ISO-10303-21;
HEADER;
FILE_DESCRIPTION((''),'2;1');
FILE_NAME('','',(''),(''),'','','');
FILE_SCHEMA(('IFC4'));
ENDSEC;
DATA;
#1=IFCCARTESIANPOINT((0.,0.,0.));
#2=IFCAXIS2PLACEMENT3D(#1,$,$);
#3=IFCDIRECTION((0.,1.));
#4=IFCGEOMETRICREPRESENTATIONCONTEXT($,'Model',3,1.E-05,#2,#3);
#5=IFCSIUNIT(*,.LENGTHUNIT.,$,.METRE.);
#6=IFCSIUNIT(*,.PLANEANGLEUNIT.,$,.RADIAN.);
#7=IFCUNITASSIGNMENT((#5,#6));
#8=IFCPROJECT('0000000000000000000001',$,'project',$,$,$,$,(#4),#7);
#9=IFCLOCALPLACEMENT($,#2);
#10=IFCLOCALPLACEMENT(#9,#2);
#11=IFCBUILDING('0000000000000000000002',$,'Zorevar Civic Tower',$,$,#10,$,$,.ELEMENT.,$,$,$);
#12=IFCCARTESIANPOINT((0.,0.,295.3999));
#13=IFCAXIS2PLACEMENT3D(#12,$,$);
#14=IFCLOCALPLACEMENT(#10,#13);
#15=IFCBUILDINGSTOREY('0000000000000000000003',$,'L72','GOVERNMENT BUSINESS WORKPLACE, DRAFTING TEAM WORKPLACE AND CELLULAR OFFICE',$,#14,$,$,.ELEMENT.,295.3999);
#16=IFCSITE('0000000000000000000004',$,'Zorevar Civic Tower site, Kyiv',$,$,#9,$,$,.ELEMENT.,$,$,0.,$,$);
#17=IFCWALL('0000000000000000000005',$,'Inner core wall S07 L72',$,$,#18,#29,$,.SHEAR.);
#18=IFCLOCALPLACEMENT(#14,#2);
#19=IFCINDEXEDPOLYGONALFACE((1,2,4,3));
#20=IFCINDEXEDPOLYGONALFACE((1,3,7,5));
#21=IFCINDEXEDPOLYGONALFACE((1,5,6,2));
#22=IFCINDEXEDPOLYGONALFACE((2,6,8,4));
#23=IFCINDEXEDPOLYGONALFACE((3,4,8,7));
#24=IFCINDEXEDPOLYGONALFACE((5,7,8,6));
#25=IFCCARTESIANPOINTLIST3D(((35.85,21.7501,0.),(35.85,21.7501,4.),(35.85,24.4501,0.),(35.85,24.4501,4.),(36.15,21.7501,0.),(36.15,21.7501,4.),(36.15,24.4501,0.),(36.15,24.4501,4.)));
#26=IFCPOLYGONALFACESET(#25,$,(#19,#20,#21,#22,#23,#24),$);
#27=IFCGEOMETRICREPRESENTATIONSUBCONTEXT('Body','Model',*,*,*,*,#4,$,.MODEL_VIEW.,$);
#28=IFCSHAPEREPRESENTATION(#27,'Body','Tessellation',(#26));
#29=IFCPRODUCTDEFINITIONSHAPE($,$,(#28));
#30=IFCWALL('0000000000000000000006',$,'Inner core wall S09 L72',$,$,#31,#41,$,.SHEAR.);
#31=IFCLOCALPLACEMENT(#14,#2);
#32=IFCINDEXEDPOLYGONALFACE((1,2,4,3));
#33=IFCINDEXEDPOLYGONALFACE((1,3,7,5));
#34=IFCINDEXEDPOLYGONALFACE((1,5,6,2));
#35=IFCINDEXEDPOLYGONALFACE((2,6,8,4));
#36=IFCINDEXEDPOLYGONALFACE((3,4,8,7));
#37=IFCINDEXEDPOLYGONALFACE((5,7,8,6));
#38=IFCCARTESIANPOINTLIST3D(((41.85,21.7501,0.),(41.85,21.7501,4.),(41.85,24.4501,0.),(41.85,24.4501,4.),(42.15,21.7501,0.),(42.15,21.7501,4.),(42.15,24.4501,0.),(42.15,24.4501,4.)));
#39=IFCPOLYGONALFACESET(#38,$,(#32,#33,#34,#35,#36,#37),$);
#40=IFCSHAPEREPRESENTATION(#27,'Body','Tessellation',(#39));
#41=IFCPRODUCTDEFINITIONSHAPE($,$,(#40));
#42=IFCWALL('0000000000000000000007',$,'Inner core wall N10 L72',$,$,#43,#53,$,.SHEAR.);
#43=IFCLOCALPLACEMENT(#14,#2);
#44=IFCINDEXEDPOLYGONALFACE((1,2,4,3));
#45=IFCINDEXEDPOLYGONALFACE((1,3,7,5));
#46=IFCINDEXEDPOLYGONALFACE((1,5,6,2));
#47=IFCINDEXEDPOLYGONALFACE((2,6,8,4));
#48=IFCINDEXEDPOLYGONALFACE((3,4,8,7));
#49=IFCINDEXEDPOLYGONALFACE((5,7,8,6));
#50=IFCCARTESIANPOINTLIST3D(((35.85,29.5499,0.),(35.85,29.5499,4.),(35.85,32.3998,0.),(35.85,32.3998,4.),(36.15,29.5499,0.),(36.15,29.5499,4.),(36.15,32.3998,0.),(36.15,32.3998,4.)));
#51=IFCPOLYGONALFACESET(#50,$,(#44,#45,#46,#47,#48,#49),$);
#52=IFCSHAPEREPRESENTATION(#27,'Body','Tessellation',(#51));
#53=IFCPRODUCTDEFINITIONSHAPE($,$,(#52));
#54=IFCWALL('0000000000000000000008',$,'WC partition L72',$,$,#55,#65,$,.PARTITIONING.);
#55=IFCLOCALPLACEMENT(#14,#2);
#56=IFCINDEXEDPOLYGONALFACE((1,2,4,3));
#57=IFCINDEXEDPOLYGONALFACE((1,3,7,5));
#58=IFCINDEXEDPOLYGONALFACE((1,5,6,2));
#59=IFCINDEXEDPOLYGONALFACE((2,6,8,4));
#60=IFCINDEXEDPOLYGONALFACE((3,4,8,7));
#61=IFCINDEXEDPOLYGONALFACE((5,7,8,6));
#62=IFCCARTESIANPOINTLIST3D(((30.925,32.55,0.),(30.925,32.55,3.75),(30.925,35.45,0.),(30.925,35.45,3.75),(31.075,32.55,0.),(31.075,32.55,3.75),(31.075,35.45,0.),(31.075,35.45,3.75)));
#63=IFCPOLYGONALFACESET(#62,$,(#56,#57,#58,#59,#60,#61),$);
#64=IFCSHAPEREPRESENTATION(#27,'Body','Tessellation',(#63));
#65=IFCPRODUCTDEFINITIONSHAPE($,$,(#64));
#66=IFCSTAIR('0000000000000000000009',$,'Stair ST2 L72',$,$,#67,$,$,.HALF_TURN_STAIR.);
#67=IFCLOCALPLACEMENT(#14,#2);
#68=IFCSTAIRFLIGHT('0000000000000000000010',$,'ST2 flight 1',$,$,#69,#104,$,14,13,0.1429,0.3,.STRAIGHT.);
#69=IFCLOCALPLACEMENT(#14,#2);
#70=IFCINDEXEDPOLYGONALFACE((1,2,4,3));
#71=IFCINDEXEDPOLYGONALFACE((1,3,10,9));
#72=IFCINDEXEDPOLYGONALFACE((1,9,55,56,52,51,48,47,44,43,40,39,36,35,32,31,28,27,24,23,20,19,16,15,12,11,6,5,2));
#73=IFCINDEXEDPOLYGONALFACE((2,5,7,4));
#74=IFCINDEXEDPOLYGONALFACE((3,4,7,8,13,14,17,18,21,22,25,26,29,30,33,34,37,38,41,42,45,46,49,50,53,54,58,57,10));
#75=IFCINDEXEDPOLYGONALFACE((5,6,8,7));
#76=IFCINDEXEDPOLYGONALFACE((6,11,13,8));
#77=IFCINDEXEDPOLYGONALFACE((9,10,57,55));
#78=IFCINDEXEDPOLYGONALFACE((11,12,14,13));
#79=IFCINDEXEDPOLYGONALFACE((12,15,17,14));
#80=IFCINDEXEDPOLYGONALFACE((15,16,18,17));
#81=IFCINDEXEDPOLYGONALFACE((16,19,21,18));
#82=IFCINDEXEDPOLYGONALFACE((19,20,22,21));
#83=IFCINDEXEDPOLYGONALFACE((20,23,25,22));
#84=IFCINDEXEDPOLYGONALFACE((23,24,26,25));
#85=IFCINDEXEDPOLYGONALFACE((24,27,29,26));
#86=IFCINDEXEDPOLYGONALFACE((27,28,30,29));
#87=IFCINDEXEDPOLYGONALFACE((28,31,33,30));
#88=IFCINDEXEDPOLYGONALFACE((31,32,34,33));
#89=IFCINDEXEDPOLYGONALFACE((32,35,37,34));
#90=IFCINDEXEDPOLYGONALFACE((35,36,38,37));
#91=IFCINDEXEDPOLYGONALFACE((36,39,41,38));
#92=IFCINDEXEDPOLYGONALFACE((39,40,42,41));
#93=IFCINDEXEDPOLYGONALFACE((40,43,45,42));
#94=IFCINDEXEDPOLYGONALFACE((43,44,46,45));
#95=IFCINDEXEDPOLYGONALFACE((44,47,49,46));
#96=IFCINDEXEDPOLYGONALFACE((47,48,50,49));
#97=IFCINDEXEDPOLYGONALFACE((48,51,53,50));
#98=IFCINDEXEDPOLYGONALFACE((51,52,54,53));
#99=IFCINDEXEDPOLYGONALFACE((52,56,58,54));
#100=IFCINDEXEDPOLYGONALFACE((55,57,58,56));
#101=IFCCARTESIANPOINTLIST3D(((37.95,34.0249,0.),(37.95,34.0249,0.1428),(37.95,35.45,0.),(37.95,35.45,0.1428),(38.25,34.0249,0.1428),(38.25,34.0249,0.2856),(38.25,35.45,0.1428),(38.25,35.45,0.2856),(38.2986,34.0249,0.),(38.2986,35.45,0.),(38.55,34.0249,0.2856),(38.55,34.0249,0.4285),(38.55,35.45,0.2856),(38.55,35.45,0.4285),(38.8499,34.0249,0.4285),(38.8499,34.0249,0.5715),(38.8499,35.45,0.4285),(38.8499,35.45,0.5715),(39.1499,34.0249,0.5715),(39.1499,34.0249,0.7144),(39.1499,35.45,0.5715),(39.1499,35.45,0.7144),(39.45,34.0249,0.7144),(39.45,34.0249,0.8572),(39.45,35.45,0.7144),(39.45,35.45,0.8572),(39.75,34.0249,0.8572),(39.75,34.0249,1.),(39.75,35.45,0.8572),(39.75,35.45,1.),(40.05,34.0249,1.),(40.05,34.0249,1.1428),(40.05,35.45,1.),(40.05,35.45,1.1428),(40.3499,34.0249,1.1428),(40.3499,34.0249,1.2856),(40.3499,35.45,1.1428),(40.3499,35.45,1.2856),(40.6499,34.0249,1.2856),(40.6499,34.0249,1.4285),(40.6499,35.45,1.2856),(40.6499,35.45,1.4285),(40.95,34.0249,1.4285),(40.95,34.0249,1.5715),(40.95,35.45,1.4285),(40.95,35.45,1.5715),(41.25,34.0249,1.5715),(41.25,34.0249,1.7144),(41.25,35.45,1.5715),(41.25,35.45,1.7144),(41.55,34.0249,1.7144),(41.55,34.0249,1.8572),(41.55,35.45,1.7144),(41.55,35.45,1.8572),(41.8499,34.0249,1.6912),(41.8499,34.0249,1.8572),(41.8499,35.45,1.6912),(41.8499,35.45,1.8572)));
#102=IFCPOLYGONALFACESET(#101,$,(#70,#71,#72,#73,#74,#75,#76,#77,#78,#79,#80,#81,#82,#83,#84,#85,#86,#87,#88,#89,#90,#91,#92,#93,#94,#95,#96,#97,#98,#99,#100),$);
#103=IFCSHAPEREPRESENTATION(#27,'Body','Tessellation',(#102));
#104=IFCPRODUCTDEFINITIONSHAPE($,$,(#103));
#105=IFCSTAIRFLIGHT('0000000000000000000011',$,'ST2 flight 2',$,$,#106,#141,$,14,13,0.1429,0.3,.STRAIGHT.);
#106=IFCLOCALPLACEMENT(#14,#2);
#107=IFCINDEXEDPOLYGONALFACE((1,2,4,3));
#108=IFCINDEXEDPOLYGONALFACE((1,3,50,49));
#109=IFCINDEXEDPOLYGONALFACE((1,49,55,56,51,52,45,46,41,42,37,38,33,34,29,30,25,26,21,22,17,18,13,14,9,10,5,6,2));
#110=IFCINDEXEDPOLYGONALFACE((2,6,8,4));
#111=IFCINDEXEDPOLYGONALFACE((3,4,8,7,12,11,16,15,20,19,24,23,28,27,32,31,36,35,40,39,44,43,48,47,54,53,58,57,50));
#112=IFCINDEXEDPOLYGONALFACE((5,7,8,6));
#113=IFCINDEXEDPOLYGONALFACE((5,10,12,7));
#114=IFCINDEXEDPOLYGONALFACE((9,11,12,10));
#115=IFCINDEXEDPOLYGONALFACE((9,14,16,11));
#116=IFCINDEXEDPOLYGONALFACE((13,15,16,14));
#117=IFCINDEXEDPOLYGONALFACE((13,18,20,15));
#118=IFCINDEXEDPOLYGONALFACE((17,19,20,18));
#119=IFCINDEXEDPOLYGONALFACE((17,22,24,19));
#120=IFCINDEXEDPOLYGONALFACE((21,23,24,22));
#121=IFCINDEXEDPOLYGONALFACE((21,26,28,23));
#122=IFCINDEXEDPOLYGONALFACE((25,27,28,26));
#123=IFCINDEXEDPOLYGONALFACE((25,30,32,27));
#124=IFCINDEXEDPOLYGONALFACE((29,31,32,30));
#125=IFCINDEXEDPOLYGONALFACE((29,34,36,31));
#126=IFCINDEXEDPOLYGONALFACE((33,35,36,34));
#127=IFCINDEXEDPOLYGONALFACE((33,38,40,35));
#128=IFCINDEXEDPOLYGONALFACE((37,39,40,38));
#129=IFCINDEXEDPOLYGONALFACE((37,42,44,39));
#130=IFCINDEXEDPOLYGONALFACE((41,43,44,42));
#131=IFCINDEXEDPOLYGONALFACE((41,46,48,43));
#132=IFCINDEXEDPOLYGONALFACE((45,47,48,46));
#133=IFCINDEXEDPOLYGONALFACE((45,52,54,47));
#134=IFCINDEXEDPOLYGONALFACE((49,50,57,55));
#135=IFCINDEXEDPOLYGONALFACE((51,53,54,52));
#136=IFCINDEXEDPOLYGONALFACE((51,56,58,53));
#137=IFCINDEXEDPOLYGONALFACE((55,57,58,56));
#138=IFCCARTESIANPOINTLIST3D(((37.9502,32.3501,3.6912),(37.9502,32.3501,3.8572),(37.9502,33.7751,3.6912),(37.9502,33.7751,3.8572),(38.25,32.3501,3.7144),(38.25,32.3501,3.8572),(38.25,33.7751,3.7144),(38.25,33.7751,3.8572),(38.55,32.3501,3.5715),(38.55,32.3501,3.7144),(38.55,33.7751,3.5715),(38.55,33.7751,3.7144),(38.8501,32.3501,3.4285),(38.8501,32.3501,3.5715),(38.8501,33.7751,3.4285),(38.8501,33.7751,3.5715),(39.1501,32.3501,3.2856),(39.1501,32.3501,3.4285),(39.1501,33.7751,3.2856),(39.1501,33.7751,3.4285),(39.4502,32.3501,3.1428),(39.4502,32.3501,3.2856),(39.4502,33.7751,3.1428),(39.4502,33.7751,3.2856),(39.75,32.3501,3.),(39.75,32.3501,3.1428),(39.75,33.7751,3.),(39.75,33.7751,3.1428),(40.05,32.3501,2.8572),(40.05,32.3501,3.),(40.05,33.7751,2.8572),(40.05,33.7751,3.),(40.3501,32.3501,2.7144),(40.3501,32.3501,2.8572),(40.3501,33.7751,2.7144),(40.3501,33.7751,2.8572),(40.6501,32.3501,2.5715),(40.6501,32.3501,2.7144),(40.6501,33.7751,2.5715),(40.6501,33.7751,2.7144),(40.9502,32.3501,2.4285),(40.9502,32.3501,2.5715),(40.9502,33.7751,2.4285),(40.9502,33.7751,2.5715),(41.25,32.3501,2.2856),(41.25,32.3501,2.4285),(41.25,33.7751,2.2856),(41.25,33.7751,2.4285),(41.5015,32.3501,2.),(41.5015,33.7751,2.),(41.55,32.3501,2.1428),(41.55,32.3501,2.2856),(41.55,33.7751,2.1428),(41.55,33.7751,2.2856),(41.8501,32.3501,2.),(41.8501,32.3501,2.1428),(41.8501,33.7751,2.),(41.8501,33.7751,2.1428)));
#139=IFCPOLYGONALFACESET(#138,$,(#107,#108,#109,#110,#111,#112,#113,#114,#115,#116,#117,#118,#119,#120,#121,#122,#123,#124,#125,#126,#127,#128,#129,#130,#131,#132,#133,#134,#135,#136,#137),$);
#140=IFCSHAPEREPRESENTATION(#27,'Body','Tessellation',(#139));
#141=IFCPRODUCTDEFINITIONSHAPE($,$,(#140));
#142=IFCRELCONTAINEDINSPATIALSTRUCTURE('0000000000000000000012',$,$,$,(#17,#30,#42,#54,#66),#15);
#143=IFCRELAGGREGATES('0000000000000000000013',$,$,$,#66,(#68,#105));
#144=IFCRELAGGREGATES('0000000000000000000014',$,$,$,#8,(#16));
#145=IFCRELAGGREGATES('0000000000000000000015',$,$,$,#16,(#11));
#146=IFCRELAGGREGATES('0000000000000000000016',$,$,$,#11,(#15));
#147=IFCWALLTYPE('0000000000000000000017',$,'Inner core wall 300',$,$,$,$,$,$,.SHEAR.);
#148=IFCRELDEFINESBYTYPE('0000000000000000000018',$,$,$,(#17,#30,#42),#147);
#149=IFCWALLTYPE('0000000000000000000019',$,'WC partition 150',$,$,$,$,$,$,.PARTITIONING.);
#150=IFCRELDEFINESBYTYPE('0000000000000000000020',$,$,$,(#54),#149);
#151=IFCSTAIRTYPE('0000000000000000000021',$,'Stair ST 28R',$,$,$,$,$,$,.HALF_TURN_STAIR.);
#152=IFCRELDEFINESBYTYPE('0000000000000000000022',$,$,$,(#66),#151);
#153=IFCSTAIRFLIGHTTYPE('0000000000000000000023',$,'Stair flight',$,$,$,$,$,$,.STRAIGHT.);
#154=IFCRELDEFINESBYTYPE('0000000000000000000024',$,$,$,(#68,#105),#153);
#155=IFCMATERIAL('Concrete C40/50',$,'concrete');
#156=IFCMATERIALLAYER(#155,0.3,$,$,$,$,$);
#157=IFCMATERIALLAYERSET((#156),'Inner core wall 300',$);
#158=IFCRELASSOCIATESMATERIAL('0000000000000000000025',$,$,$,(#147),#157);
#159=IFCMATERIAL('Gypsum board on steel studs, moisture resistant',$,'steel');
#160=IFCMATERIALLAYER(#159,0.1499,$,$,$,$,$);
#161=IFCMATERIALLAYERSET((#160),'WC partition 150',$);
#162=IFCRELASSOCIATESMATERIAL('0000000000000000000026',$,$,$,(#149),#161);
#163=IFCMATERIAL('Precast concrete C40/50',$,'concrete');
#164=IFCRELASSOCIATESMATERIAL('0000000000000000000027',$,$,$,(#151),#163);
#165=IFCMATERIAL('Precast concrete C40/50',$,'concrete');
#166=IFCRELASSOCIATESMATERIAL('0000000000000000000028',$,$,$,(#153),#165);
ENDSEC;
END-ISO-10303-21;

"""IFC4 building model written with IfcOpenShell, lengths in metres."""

from ifc_helpers import new_model, si_unit, direction, frame, frame_2d, origin, place, context, subcontext, project, spatial, polyline, rectangle, outline, extrude, material, layer, layer_set, type_object, element, aggregate, save


model = new_model("IFC4")

# Units and contexts
model_context = context("Model", 3, precision=1e-05, world=origin(), true_north=direction((0.0, 1.0)))
body_context = subcontext(model_context, "Body", "Model", "MODEL_VIEW")
ifc_project = project(units=[si_unit("LENGTHUNIT", "METRE"), si_unit("PLANEANGLEUNIT", "RADIAN")], contexts=[model_context])

# Site, building, storey
site_placement = place(None, origin())
site = spatial("IfcSite", under=ifc_project, at=site_placement, Name="Zorevar Civic Tower site, Kyiv", CompositionType="ELEMENT", RefElevation=0.0)
building_placement = place(site_placement, origin())
building = spatial("IfcBuilding", under=site, at=building_placement, Name="Zorevar Civic Tower", CompositionType="ELEMENT")
storey_placement = place(building_placement, frame((0.0, 0.0, 295.3999)))
storey = spatial("IfcBuildingStorey", under=building, at=storey_placement, Name="L72", Description="GOVERNMENT BUSINESS WORKPLACE, DRAFTING TEAM WORKPLACE AND CELLULAR OFFICE", CompositionType="ELEMENT", Elevation=295.3999)

# Shared definitions
ifc_material_1 = material(Name="Concrete C40/50", Category="concrete")
ifc_layer_1 = layer(ifc_material_1, 0.3)
ifc_layer_set_1 = layer_set([ifc_layer_1], Name="Inner core wall 300")
wall_type_1 = type_object("IfcWallType", Name="Inner core wall 300", PredefinedType="SHEAR", material=ifc_layer_set_1)

# Walls
for number, where, z_axis, x_axis, name in (
    (1, (36.0, 21.75, 0.0), (0.0, 0.0, 1.0), (0.0, 1.0, 0.0), "Inner core wall S07 L72"),
    (2, (42.0, 21.75, 0.0), (0.0, 0.0, 1.0), (0.0, 1.0, 0.0), "Inner core wall S09 L72"),
):
    element("IfcWall", number, at=place(storey_placement, frame(where, z_axis=z_axis, x_axis=x_axis)), inside=storey, type_object=wall_type_1, Name=name, PredefinedType="SHEAR", context=body_context, shape_type="SweptSolid", body=[
        extrude(rectangle(XDim=2.7, YDim=0.3, at=frame_2d((1.3501, 0.0))), origin(), (0.0, 0.0, 1.0), 4.0),
    ])
wall_1_placement = place(storey_placement, frame((36.0, 29.55, 0.0), z_axis=(0.0, 0.0, 1.0), x_axis=(0.0, 1.0, 0.0)))
element("IfcWall", 3, at=wall_1_placement, inside=storey, type_object=wall_type_1, Name="Inner core wall N10 L72", PredefinedType="SHEAR", context=body_context, shape_type="SweptSolid", body=[
    extrude(rectangle(XDim=2.8499, YDim=0.3, at=frame_2d((1.4248, 0.0))), origin(), (0.0, 0.0, 1.0), 4.0),
])
ifc_material_2 = material(Name="Gypsum board on steel studs, moisture resistant", Category="steel")
ifc_layer_2 = layer(ifc_material_2, 0.1499)
ifc_layer_set_2 = layer_set([ifc_layer_2], Name="WC partition 150")
wall_type_2 = type_object("IfcWallType", Name="WC partition 150", PredefinedType="PARTITIONING", material=ifc_layer_set_2)
wall_2_placement = place(storey_placement, frame((31.0, 32.55, 0.0), z_axis=(0.0, 0.0, 1.0), x_axis=(0.0, 1.0, 0.0)))
element("IfcWall", 4, at=wall_2_placement, inside=storey, type_object=wall_type_2, Name="WC partition L72", PredefinedType="PARTITIONING", context=body_context, shape_type="SweptSolid", body=[
    extrude(rectangle(XDim=2.8999, YDim=0.1499, at=frame_2d((1.45, 0.0))), origin(), (0.0, 0.0, 1.0), 3.75),
])

# Stair, stair flights
ifc_material_3 = material(Name="Precast concrete C40/50", Category="concrete")
stair_type = type_object("IfcStairType", Name="Stair ST 28R", PredefinedType="HALF_TURN_STAIR", material=ifc_material_3)
stair_placement = place(storey_placement, origin())
stair = element("IfcStair", 5, at=stair_placement, inside=storey, type_object=stair_type, Name="Stair ST2 L72", PredefinedType="HALF_TURN_STAIR")
ifc_material_4 = material(Name="Precast concrete C40/50", Category="concrete")
stair_flight_type = type_object("IfcStairFlightType", Name="Stair flight", PredefinedType="STRAIGHT", material=ifc_material_4)
stair_flight_1_placement = place(storey_placement, frame((37.95, 34.7375, 0.0), z_axis=(0.0, 0.0, 1.0), x_axis=(1.0, 0.0, 0.0)))
stair_flight_1 = element("IfcStairFlight", 6, at=stair_flight_1_placement, type_object=stair_flight_type, Name="ST2 flight 1", NumberOfRisers=14, NumberOfTreads=13, PredefinedType="STRAIGHT", RiserHeight=0.1429, TreadLength=0.3, context=body_context, shape_type="SweptSolid", body=[
    extrude(outline(polyline([(0.0, 0.0), (0.0, 0.1428), (0.3, 0.1428), (0.3, 0.2856), (0.6001, 0.2856), (0.6001, 0.4285), (0.8999, 0.4285), (0.8999, 0.5715), (1.2, 0.5715), (1.2, 0.7144), (1.5, 0.7144), (1.5, 0.8572), (1.8, 0.8572), (1.8, 1.0), (2.1001, 1.0), (2.1001, 1.1428), (2.3999, 1.1428), (2.3999, 1.2856), (2.7, 1.2856), (2.7, 1.4285), (3.0, 1.4285), (3.0, 1.5715), (3.3, 1.5715), (3.3, 1.7144), (3.6001, 1.7144), (3.6001, 1.8572), (3.8999, 1.8572), (3.8999, 2.0), (3.8999, 1.6912), (0.3486, 0.0), (0.0, 0.0)])), frame((0.0, 0.7124, 0.0), z_axis=(0.0, -1.0, 0.0), x_axis=(1.0, 0.0, 0.0)), (0.0, 0.0, 1.0), 1.425),
])
stair_flight_2_placement = place(storey_placement, frame((41.8501, 33.0625, 2.0), z_axis=(0.0, 0.0, 1.0), x_axis=(-1.0, 0.0, 0.0)))
stair_flight_2 = element("IfcStairFlight", 7, at=stair_flight_2_placement, type_object=stair_flight_type, Name="ST2 flight 2", NumberOfRisers=14, NumberOfTreads=13, PredefinedType="STRAIGHT", RiserHeight=0.1429, TreadLength=0.3, context=body_context, shape_type="SweptSolid", body=[
    extrude(outline(polyline([(0.0, 0.0), (0.0, 0.1428), (0.3, 0.1428), (0.3, 0.2856), (0.6001, 0.2856), (0.6001, 0.4285), (0.8999, 0.4285), (0.8999, 0.5715), (1.2, 0.5715), (1.2, 0.7144), (1.5, 0.7144), (1.5, 0.8572), (1.8, 0.8572), (1.8, 1.0), (2.1001, 1.0), (2.1001, 1.1428), (2.3999, 1.1428), (2.3999, 1.2856), (2.7, 1.2856), (2.7, 1.4285), (3.0, 1.4285), (3.0, 1.5715), (3.3, 1.5715), (3.3, 1.7144), (3.6001, 1.7144), (3.6001, 1.8572), (3.8999, 1.8572), (3.8999, 2.0), (3.8999, 1.6912), (0.3486, 0.0), (0.0, 0.0)])), frame((0.0, 0.7124, 0.0), z_axis=(0.0, -1.0, 0.0), x_axis=(1.0, 0.0, 0.0)), (0.0, 0.0, 1.0), 1.425),
])
aggregate(stair, [stair_flight_1, stair_flight_2])

save(model, "model.ifc")
